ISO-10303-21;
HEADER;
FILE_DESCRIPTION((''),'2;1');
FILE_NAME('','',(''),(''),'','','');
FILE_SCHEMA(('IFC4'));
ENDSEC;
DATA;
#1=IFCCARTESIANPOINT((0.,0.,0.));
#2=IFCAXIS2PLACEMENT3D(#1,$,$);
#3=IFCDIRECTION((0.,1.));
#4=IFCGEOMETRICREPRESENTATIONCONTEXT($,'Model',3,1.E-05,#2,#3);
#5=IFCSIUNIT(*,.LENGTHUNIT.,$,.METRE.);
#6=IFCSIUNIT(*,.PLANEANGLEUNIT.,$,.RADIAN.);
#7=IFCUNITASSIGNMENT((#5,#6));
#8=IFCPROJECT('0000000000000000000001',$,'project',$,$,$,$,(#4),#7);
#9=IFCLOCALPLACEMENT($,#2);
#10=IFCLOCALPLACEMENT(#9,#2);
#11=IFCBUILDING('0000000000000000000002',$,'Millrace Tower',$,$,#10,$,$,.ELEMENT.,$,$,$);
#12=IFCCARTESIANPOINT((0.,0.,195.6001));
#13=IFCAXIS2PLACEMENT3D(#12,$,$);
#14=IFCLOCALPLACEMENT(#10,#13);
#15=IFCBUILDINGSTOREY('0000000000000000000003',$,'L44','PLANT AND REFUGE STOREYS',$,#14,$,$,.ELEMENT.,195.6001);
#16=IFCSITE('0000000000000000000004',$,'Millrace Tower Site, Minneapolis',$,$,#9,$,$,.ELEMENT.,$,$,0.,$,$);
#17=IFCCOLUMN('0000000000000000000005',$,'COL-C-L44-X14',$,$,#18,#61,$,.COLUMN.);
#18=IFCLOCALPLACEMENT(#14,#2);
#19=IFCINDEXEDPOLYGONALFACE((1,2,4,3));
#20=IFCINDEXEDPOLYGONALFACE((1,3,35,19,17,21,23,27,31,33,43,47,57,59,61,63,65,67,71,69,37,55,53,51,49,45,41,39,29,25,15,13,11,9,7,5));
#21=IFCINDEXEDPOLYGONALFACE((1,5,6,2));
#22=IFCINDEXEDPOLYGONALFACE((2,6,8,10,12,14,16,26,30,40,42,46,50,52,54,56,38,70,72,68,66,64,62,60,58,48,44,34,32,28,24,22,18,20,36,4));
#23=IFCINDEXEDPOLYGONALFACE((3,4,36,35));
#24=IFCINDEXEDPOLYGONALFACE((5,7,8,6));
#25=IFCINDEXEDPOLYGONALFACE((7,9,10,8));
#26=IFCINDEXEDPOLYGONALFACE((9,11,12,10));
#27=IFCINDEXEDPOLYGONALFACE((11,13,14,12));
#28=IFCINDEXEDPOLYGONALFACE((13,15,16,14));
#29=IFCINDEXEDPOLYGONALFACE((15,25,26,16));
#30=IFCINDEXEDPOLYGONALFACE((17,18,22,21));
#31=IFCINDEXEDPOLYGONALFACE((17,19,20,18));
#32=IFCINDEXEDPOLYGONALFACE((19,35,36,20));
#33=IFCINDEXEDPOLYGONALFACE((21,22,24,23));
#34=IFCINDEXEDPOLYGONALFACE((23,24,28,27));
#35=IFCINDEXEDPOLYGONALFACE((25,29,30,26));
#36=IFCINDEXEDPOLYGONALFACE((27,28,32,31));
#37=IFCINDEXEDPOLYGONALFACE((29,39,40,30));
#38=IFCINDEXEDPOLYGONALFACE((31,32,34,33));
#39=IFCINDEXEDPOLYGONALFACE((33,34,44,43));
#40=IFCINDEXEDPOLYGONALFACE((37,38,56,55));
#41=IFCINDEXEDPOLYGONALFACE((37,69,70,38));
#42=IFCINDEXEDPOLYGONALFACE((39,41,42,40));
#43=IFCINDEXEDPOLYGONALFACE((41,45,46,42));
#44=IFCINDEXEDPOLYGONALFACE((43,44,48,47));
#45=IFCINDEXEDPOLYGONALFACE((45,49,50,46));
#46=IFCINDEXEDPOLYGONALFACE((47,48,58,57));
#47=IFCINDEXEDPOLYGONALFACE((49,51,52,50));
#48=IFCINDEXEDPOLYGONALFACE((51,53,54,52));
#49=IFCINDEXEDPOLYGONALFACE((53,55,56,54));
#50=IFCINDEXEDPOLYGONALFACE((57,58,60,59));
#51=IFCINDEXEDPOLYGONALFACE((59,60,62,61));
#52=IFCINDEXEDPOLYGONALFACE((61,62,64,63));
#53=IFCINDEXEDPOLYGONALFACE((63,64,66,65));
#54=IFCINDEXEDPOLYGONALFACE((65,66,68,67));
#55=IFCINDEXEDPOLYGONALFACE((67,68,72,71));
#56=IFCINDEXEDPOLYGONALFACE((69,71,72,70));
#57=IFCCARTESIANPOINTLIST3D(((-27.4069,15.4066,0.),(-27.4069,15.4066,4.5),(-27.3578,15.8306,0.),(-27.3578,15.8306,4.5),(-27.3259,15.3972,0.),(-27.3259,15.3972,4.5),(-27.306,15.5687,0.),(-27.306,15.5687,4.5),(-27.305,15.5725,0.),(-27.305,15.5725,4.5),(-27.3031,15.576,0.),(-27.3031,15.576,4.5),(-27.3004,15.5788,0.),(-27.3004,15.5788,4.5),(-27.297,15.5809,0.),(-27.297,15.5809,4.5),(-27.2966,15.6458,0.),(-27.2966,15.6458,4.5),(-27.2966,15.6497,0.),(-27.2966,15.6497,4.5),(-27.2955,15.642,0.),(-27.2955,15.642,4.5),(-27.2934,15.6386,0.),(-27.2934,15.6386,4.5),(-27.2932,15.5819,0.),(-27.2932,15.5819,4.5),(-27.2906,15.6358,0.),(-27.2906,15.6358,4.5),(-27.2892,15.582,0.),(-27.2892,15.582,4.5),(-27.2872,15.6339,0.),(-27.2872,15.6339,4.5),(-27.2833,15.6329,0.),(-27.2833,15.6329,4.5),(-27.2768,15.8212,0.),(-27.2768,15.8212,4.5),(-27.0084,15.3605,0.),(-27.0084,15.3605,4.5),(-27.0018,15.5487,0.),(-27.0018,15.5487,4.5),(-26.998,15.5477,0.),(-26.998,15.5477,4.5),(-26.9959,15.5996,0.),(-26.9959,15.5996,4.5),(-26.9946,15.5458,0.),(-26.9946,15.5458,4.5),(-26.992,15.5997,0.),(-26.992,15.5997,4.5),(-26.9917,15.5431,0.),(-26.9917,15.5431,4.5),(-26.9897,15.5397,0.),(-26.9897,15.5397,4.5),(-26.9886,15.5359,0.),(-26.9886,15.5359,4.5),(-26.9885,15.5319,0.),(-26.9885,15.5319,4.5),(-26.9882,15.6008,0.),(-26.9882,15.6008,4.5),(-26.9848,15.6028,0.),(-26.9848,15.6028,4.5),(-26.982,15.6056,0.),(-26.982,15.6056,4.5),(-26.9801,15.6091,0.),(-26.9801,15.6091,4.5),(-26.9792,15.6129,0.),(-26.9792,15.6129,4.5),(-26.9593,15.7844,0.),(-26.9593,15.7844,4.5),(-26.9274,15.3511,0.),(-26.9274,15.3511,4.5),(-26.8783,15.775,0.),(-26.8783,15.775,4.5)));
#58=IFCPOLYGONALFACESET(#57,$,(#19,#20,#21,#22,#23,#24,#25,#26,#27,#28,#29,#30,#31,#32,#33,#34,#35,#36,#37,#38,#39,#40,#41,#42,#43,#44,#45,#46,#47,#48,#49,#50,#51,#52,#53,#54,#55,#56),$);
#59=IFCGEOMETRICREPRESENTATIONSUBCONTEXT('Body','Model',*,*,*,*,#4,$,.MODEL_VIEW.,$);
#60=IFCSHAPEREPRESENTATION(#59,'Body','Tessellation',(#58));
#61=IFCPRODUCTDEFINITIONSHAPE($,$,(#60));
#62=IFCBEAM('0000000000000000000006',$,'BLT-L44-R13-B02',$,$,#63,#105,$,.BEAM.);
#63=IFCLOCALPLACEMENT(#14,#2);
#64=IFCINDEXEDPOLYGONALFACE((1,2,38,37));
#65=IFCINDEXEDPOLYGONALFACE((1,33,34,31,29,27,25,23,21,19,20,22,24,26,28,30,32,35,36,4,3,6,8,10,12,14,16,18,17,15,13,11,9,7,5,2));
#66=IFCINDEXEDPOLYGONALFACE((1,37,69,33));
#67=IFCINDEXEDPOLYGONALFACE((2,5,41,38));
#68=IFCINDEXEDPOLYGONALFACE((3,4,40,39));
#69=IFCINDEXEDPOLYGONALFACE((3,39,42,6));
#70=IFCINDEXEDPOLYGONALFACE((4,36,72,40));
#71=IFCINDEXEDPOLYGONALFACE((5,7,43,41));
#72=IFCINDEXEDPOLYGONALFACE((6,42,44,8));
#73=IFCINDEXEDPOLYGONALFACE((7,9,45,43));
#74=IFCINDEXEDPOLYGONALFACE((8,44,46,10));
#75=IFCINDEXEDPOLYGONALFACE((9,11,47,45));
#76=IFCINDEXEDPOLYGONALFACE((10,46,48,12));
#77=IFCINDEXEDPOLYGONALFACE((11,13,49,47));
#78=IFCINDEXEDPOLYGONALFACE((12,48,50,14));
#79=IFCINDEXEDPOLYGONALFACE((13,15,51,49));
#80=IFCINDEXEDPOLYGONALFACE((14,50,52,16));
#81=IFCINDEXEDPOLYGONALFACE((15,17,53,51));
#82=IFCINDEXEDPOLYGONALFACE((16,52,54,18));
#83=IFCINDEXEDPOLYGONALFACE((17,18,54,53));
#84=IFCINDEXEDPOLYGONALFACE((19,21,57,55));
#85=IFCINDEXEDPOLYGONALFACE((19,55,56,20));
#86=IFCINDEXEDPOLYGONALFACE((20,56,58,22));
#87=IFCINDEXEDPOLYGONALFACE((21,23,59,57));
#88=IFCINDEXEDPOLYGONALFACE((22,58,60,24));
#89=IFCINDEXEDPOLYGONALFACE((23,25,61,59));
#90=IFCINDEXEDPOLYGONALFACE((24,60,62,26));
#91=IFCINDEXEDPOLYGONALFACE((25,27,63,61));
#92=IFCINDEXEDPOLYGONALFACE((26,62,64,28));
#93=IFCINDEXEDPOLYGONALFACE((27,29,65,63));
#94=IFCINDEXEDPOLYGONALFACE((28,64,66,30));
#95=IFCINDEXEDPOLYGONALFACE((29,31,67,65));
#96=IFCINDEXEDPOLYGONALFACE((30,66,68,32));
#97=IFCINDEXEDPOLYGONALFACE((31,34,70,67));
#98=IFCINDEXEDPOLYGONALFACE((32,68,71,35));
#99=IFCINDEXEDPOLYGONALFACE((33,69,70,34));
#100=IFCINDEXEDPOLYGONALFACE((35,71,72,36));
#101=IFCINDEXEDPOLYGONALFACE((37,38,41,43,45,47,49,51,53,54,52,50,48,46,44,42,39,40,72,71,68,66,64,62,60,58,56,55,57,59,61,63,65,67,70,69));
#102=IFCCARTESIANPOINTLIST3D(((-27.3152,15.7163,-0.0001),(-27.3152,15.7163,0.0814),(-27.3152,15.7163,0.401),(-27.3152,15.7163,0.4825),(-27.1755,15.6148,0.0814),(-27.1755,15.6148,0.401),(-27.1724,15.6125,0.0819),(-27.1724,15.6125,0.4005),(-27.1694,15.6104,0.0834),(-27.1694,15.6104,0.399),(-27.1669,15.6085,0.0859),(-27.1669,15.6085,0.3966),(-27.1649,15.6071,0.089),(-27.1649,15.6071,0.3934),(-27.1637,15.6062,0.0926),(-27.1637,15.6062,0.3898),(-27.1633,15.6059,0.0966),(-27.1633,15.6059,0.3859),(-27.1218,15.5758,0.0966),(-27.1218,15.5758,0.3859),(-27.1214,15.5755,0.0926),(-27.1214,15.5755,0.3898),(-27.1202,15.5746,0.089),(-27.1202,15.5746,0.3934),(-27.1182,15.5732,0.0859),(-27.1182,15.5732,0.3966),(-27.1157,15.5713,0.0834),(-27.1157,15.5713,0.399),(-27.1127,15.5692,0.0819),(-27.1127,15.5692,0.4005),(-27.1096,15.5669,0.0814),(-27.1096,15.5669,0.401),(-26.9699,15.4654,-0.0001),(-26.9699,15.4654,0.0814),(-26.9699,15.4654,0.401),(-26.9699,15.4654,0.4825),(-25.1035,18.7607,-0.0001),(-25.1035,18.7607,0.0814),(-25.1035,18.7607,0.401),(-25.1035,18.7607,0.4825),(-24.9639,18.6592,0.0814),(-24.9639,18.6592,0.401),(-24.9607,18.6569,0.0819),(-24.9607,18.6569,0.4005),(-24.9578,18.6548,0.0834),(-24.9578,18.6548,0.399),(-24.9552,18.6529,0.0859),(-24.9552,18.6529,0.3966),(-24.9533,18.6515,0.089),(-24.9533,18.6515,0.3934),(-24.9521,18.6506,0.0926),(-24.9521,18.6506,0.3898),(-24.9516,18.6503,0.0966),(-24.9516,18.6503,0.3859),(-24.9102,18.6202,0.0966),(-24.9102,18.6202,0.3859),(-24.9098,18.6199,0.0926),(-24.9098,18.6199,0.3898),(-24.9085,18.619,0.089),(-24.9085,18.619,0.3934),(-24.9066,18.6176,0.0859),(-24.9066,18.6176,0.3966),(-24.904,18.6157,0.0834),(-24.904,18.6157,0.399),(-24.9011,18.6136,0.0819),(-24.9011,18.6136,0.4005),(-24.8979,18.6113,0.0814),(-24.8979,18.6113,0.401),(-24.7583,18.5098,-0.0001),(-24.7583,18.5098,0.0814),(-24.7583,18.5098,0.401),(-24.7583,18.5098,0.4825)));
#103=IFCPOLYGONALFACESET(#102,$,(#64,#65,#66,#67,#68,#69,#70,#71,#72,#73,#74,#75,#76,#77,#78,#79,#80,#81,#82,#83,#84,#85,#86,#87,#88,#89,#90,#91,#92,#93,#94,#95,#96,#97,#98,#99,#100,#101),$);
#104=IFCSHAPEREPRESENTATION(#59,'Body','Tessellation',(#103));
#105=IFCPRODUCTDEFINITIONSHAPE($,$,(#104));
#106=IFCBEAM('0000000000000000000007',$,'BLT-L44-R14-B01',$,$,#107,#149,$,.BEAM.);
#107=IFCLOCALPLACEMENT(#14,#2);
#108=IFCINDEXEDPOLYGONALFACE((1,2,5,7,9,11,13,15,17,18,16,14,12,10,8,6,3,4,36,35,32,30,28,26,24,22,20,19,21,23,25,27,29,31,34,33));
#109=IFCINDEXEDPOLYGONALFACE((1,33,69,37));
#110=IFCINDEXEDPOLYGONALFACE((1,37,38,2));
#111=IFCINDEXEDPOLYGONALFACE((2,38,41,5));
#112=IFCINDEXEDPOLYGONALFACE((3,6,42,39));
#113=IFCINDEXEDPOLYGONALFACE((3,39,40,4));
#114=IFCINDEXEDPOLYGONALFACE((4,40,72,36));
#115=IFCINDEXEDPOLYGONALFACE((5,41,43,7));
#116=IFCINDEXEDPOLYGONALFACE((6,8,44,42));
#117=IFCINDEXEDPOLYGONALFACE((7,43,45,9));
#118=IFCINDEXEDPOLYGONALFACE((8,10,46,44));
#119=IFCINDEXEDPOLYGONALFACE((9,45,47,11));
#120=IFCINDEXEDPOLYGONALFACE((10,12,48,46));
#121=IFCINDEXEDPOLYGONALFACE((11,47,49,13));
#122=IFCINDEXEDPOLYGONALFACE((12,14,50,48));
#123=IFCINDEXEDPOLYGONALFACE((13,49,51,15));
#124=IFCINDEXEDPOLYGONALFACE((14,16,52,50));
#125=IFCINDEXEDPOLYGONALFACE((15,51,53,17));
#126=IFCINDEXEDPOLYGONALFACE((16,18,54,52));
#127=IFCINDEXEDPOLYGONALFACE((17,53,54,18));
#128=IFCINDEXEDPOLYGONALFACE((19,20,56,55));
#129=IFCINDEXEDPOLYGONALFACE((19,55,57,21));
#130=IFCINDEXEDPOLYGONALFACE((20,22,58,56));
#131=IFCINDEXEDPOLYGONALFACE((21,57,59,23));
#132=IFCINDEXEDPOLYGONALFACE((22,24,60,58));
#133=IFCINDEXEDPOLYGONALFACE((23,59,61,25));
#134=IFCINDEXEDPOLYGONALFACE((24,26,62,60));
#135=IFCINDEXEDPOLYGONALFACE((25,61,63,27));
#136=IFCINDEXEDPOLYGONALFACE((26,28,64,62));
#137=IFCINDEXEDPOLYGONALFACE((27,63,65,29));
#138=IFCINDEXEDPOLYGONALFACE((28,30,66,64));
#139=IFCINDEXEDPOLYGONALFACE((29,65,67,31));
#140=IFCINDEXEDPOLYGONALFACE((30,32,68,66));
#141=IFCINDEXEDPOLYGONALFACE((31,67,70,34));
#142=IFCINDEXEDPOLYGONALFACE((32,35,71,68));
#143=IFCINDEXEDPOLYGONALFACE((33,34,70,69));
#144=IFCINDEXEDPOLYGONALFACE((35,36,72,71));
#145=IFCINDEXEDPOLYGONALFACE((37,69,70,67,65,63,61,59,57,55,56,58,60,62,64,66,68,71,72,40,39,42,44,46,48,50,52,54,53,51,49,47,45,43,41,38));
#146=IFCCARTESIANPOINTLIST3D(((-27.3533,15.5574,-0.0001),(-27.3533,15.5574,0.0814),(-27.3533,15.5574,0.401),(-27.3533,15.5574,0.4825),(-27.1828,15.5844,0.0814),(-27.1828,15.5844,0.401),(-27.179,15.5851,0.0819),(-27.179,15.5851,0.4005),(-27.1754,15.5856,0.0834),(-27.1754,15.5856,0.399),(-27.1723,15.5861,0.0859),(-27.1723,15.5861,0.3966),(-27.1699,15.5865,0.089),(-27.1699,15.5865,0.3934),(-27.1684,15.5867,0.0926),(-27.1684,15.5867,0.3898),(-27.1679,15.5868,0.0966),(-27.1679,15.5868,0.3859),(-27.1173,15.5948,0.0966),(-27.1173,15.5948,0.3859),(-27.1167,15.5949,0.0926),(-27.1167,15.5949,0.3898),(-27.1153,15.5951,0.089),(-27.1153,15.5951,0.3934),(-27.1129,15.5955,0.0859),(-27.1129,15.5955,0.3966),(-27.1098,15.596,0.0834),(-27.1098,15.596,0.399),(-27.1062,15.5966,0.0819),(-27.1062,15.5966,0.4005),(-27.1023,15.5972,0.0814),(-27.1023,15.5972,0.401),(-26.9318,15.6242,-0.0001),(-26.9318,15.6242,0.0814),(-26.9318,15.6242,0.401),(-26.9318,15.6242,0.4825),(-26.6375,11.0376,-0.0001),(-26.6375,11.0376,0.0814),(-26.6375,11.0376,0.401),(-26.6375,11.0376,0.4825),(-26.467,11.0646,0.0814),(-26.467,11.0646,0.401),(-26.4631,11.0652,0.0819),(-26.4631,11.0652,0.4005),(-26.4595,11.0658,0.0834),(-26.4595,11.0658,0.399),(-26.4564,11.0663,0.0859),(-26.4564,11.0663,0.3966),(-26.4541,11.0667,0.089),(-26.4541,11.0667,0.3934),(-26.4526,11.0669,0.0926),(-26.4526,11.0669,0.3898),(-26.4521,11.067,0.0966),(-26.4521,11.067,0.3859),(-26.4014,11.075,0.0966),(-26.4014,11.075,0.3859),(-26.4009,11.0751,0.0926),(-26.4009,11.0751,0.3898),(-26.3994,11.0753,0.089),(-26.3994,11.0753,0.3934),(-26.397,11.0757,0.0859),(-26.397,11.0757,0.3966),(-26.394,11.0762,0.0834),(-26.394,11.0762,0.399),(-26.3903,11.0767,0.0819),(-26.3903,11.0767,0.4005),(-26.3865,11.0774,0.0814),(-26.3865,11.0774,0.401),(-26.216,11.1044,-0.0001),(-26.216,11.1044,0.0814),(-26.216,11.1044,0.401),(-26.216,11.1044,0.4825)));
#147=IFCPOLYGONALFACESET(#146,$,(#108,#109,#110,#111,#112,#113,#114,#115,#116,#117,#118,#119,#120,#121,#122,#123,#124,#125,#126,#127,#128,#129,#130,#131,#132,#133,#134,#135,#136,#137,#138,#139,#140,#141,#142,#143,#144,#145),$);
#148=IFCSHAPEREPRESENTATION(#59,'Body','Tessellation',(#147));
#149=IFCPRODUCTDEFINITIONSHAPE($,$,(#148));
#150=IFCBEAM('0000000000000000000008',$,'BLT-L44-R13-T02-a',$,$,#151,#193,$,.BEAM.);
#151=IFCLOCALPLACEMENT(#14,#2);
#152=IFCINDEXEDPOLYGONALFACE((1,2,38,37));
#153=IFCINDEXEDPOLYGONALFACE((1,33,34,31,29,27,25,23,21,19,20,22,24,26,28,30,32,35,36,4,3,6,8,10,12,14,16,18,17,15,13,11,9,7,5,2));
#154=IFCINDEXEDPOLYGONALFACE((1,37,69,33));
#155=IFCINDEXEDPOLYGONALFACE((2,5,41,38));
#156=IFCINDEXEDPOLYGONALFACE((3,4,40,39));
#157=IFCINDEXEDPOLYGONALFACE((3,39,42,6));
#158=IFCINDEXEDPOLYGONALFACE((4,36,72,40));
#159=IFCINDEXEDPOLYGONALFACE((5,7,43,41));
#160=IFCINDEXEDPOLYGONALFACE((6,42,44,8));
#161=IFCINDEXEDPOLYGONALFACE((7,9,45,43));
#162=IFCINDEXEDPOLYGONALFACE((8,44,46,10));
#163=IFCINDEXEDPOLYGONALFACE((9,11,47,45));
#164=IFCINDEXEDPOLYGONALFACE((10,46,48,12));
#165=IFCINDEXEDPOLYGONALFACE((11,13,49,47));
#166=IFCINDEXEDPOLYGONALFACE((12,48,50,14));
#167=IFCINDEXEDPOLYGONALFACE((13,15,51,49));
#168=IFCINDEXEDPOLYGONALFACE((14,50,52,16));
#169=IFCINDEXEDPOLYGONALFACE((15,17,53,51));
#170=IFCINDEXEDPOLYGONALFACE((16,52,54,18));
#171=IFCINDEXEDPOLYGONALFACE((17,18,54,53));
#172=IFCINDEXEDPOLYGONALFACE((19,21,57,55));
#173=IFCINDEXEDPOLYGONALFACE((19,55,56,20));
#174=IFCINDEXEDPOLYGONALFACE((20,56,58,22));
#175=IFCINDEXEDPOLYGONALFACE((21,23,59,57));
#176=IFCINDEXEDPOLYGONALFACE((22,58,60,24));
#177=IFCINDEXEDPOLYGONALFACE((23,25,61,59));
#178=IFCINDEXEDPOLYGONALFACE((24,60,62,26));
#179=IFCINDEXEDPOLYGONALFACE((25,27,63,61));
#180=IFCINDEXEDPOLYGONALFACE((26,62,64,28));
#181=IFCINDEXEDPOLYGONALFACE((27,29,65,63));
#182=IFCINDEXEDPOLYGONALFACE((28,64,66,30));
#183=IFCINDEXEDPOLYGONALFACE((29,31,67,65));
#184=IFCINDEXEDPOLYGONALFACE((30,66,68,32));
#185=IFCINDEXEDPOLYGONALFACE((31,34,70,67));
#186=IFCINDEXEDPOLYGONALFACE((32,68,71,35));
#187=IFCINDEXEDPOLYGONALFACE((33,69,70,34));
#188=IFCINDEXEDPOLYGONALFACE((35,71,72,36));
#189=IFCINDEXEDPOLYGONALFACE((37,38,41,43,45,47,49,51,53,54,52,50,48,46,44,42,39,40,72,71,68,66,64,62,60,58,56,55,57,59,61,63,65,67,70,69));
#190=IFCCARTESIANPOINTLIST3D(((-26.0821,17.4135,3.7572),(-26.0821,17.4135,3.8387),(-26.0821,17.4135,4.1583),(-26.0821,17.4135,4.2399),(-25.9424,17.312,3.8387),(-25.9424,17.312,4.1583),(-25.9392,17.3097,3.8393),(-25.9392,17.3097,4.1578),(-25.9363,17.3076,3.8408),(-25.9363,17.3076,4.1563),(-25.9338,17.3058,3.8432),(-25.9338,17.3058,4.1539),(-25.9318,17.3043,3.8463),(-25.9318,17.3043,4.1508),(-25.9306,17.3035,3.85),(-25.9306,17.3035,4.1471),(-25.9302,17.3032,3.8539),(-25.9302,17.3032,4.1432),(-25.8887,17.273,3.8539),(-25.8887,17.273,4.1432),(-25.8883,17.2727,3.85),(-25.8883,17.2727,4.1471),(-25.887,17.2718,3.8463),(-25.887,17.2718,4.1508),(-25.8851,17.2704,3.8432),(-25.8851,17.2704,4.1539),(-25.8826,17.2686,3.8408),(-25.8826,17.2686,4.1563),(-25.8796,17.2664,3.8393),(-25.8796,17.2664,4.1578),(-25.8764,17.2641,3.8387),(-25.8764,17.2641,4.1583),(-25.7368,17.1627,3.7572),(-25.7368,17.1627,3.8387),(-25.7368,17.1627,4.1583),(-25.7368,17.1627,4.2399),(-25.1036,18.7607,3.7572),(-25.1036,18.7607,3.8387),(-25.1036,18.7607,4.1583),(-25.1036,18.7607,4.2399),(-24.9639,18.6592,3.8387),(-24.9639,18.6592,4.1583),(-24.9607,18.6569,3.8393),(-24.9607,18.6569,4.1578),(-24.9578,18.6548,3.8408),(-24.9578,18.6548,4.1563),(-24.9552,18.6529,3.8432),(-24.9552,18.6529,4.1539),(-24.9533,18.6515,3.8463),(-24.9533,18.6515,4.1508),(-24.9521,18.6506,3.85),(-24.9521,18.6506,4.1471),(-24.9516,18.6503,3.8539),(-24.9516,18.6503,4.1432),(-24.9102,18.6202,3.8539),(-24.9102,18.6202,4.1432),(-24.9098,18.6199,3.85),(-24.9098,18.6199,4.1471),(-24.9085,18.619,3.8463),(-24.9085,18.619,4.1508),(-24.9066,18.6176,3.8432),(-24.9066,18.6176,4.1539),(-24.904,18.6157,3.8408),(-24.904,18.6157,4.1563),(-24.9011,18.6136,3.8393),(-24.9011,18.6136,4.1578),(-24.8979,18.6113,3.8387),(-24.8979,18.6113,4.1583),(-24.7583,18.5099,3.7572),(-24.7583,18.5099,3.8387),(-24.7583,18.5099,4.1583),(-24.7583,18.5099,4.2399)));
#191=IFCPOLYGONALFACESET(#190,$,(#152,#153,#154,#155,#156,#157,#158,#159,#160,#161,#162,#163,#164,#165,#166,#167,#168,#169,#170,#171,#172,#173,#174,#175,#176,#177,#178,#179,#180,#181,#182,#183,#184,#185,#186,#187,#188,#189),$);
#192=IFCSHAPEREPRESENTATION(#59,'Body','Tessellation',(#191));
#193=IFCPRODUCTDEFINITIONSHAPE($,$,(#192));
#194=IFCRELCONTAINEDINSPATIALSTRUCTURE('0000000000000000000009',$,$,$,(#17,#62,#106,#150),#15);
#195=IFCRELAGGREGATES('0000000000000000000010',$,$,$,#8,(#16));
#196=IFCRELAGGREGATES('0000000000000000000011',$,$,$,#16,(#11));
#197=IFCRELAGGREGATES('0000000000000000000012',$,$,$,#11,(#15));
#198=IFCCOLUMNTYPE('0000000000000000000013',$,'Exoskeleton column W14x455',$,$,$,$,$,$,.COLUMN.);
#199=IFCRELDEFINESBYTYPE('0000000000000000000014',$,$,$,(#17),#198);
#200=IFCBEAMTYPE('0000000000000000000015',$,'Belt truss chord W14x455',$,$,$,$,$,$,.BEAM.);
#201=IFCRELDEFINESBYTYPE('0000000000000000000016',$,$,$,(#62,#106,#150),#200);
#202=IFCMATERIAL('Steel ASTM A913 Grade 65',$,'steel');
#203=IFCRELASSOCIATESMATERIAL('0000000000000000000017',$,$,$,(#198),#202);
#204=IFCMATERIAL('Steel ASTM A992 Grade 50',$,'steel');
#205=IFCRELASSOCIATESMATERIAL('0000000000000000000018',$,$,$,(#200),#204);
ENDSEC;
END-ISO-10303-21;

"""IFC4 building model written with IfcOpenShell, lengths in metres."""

from ifc_helpers import new_model, si_unit, direction, frame, origin, origin_2d, place, context, subcontext, project, spatial, i_section, extrude, material, material_profile, profile_set, type_object, element, save


model = new_model("IFC4")

# Units and contexts
model_context = context("Model", 3, precision=1e-05, world=origin(), true_north=direction((0.0, 1.0)))
body_context = subcontext(model_context, "Body", "Model", "MODEL_VIEW")
ifc_project = project(units=[si_unit("LENGTHUNIT", "METRE"), si_unit("PLANEANGLEUNIT", "RADIAN")], contexts=[model_context])

# Site, building, storey
site_placement = place(None, origin())
site = spatial("IfcSite", under=ifc_project, at=site_placement, Name="Millrace Tower Site, Minneapolis", CompositionType="ELEMENT", RefElevation=0.0)
building_placement = place(site_placement, origin())
building = spatial("IfcBuilding", under=site, at=building_placement, Name="Millrace Tower", CompositionType="ELEMENT")
storey_placement = place(building_placement, frame((0.0, 0.0, 195.6001)))
storey = spatial("IfcBuildingStorey", under=building, at=storey_placement, Name="L44", Description="PLANT AND REFUGE STOREYS", CompositionType="ELEMENT", Elevation=195.6001)

# Column
ifc_material_1 = material(Name="Steel ASTM A913 Grade 65", Category="steel")
ifc_material_profile_1 = material_profile(ifc_material_1, i_section(OverallWidth=0.4268, OverallDepth=0.4827, WebThickness=0.0513, FlangeThickness=0.0815, FilletRadius=0.0151, at=origin_2d()))
ifc_profile_set_1 = profile_set([ifc_material_profile_1], Name="Steel ASTM A913 Grade 65")
column_type = type_object("IfcColumnType", Name="Exoskeleton column W14x455", PredefinedType="COLUMN", material=ifc_profile_set_1)
column_placement = place(storey_placement, frame((-27.1426, 15.5908, 0.0), z_axis=(0.0, 0.0, 1.0), x_axis=(-0.115069, -0.993358, 0.0)))
element("IfcColumn", 1, at=column_placement, inside=storey, type_object=column_type, Name="COL-C-L44-X14", PredefinedType="COLUMN", context=body_context, shape_type="SweptSolid", body=[
    extrude(i_section(OverallWidth=0.4268, OverallDepth=0.4827, WebThickness=0.0513, FlangeThickness=0.0815, FilletRadius=0.0151, at=origin_2d()), origin(), (0.0, 0.0, 1.0), 4.5),
])

# Beams
ifc_material_2 = material(Name="Steel ASTM A992 Grade 50", Category="steel")
ifc_material_profile_2 = material_profile(ifc_material_2, i_section(OverallWidth=0.4268, OverallDepth=0.4827, WebThickness=0.0513, FlangeThickness=0.0815, FilletRadius=0.0151, at=origin_2d()))
ifc_profile_set_2 = profile_set([ifc_material_profile_2], Name="Steel ASTM A992 Grade 50")
beam_type_1 = type_object("IfcBeamType", Name="Belt truss chord W14x455", PredefinedType="BEAM", material=ifc_profile_set_2)
beam_1_placement = place(storey_placement, frame((-24.9309, 18.6353, 0.2412), z_axis=(-0.587743, -0.809047, 0.0), x_axis=(0.809047, -0.587743, 0.0)))
element("IfcBeam", 2, at=beam_1_placement, inside=storey, type_object=beam_type_1, Name="BLT-L44-R13-B02", PredefinedType="BEAM", context=body_context, shape_type="SweptSolid", body=[
    extrude(i_section(OverallWidth=0.4268, OverallDepth=0.4827, WebThickness=0.0513, FlangeThickness=0.0815, FilletRadius=0.0151, at=origin_2d()), origin(), (0.0, 0.0, 1.0), 3.7629),
])
beam_2_placement = place(storey_placement, frame((-27.1426, 15.5908, 0.2412), z_axis=(0.156426, -0.98769, 0.0), x_axis=(0.98769, 0.156426, 0.0)))
element("IfcBeam", 3, at=beam_2_placement, inside=storey, type_object=beam_type_1, Name="BLT-L44-R14-B01", PredefinedType="BEAM", context=body_context, shape_type="SweptSolid", body=[
    extrude(i_section(OverallWidth=0.4268, OverallDepth=0.4827, WebThickness=0.0513, FlangeThickness=0.0815, FilletRadius=0.0151, at=origin_2d()), origin(), (0.0, 0.0, 1.0), 4.5762),
])
beam_3_placement = place(storey_placement, frame((-24.9309, 18.6353, 3.9985), z_axis=(-0.587683, -0.809091, 0.0), x_axis=(0.809091, -0.587683, 0.0)))
element("IfcBeam", 4, at=beam_3_placement, inside=storey, type_object=beam_type_1, Name="BLT-L44-R13-T02-a", PredefinedType="BEAM", context=body_context, shape_type="SweptSolid", body=[
    extrude(i_section(OverallWidth=0.4268, OverallDepth=0.4827, WebThickness=0.0513, FlangeThickness=0.0815, FilletRadius=0.0151, at=origin_2d()), origin(), (0.0, 0.0, 1.0), 1.665),
])

save(model, "model.ifc")
